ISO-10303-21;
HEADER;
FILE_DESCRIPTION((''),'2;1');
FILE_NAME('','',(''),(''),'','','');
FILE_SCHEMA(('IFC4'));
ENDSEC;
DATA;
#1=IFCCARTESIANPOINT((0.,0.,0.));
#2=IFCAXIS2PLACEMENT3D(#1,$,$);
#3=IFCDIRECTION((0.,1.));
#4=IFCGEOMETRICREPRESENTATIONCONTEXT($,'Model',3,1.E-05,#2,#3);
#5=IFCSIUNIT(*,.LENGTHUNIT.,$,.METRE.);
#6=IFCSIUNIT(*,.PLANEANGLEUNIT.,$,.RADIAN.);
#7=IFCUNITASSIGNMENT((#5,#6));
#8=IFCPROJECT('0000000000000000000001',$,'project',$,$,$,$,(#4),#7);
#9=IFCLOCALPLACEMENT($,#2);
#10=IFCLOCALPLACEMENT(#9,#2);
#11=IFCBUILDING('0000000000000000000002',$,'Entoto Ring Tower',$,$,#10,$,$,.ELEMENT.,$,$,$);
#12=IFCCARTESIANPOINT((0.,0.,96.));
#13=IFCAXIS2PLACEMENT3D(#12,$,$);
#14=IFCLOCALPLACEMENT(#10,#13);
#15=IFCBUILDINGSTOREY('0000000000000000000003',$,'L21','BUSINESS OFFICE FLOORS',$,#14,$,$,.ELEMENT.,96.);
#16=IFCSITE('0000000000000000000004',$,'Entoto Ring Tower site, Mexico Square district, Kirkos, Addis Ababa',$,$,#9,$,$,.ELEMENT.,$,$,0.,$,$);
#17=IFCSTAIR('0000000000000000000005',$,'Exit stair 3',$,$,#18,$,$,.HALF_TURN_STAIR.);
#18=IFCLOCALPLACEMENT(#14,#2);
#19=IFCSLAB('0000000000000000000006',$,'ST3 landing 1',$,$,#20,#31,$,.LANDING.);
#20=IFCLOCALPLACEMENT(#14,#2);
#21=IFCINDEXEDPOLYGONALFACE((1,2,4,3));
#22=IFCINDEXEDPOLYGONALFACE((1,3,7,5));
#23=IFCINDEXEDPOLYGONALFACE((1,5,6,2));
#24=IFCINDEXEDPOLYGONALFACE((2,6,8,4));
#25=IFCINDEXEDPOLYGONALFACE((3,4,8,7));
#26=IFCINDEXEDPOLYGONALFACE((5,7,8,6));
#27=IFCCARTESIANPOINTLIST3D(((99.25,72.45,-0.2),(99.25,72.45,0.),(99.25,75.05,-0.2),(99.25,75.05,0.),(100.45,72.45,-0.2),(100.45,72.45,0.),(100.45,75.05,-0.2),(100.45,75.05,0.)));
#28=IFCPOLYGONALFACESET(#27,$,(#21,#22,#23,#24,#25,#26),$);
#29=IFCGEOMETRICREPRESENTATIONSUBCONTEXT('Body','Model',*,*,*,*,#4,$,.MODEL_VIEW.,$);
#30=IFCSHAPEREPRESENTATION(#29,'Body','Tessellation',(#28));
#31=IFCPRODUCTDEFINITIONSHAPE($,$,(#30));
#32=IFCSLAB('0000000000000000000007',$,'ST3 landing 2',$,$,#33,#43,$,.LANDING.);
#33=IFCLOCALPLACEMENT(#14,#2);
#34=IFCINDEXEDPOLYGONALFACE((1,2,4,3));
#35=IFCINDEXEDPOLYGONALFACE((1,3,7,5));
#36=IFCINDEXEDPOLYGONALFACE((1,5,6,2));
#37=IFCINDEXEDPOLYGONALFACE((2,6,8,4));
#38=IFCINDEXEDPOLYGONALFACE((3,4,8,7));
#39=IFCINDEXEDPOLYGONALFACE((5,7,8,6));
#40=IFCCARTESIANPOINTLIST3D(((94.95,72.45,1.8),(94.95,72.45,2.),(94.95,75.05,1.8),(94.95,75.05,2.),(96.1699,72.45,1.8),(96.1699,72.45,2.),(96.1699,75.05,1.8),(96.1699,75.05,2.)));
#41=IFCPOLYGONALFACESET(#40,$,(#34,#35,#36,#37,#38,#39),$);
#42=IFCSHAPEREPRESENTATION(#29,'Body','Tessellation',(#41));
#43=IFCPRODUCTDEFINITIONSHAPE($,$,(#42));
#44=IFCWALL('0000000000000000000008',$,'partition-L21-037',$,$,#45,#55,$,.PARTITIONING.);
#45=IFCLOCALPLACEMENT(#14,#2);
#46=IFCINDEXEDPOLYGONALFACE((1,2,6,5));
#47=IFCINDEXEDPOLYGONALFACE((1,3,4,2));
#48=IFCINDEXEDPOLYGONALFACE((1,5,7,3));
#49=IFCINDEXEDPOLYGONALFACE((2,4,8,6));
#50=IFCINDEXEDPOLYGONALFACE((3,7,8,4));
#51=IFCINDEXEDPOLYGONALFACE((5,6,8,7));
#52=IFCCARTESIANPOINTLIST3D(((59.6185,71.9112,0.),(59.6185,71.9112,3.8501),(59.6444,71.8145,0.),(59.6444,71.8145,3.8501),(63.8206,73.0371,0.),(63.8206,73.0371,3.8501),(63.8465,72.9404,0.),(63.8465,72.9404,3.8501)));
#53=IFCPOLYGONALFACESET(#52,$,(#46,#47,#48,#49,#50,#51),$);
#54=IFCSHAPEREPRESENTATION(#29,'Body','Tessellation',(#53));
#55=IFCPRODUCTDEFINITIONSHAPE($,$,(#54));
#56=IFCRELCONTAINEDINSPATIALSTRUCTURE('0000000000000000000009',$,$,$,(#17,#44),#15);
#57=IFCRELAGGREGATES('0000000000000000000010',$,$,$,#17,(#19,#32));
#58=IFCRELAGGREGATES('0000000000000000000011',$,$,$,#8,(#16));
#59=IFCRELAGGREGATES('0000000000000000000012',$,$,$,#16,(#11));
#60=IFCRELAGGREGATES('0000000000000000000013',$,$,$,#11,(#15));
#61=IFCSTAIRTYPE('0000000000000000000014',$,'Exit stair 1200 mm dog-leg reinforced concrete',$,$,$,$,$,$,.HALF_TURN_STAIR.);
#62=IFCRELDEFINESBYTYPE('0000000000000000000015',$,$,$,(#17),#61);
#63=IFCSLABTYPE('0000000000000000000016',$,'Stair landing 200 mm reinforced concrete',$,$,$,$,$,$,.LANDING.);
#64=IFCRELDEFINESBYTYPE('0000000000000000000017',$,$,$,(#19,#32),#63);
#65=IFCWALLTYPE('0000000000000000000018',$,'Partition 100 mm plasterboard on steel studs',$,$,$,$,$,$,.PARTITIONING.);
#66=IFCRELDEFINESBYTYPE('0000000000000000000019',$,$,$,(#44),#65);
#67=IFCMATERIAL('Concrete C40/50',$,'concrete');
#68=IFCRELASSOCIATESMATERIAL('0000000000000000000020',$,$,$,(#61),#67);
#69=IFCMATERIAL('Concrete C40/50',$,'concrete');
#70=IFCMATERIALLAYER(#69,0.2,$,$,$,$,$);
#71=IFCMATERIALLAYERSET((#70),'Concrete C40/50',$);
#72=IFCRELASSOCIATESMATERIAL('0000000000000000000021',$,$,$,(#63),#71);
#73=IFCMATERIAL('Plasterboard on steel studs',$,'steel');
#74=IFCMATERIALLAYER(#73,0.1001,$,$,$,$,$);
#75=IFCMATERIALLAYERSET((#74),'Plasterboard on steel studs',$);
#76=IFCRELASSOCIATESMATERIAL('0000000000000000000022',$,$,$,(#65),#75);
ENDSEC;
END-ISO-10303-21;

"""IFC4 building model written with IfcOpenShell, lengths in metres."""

from ifc_helpers import new_model, si_unit, direction, frame, frame_2d, origin, place, context, subcontext, project, spatial, polyline, rectangle, outline, extrude, material, layer, layer_set, type_object, element, aggregate, save


model = new_model("IFC4")

# Units and contexts
model_context = context("Model", 3, precision=1e-05, world=origin(), true_north=direction((0.0, 1.0)))
body_context = subcontext(model_context, "Body", "Model", "MODEL_VIEW")
ifc_project = project(units=[si_unit("LENGTHUNIT", "METRE"), si_unit("PLANEANGLEUNIT", "RADIAN")], contexts=[model_context])

# Site, building, storey
site_placement = place(None, origin())
site = spatial("IfcSite", under=ifc_project, at=site_placement, Name="Entoto Ring Tower site, Mexico Square district, Kirkos, Addis Ababa", CompositionType="ELEMENT", RefElevation=0.0)
building_placement = place(site_placement, origin())
building = spatial("IfcBuilding", under=site, at=building_placement, Name="Entoto Ring Tower", CompositionType="ELEMENT")
storey_placement = place(building_placement, frame((0.0, 0.0, 96.0)))
storey = spatial("IfcBuildingStorey", under=building, at=storey_placement, Name="L21", Description="BUSINESS OFFICE FLOORS", CompositionType="ELEMENT", Elevation=96.0)

# Stair, slabs
ifc_material_1 = material(Name="Concrete C40/50", Category="concrete")
stair_type = type_object("IfcStairType", Name="Exit stair 1200 mm dog-leg reinforced concrete", PredefinedType="HALF_TURN_STAIR", material=ifc_material_1)
ifc_material_2 = material(Name="Concrete C40/50", Category="concrete")
ifc_layer_1 = layer(ifc_material_2, 0.2)
ifc_layer_set_1 = layer_set([ifc_layer_1], Name="Concrete C40/50")
slab_type_1 = type_object("IfcSlabType", Name="Stair landing 200 mm reinforced concrete", PredefinedType="LANDING", material=ifc_layer_set_1)
stair_1_placement = place(storey_placement, origin())
stair_1 = element("IfcStair", 1, at=stair_1_placement, inside=storey, type_object=stair_type, Name="Exit stair 3", PredefinedType="HALF_TURN_STAIR")
slab_1_placement = place(storey_placement, frame((0.0, 0.0, -0.2)))
slab_1 = element("IfcSlab", 2, at=slab_1_placement, type_object=slab_type_1, Name="ST3 landing 1", PredefinedType="LANDING", context=body_context, shape_type="SweptSolid", body=[
    extrude(outline(polyline([(100.45, 72.45), (100.45, 75.05), (99.25, 75.05), (99.25, 72.45), (100.45, 72.45)])), origin(), (0.0, 0.0, 1.0), 0.2),
])
slab_2_placement = place(storey_placement, frame((0.0, 0.0, 1.8)))
slab_2 = element("IfcSlab", 3, at=slab_2_placement, type_object=slab_type_1, Name="ST3 landing 2", PredefinedType="LANDING", context=body_context, shape_type="SweptSolid", body=[
    extrude(outline(polyline([(94.95, 72.45), (96.1699, 72.45), (96.1699, 75.05), (94.95, 75.05), (94.95, 72.45)])), origin(), (0.0, 0.0, 1.0), 0.2),
])
aggregate(stair_1, [slab_1, slab_2])

# Wall
ifc_material_3 = material(Name="Plasterboard on steel studs", Category="steel")
ifc_layer_2 = layer(ifc_material_3, 0.1001)
ifc_layer_set_2 = layer_set([ifc_layer_2], Name="Plasterboard on steel studs")
wall_type = type_object("IfcWallType", Name="Partition 100 mm plasterboard on steel studs", PredefinedType="PARTITIONING", material=ifc_layer_set_2)
wall_placement = place(storey_placement, frame((59.6313, 71.8628, 0.0), z_axis=(0.0, 0.0, 1.0), x_axis=(0.965925, 0.258822, 0.0)))
element("IfcWall", 4, at=wall_placement, inside=storey, type_object=wall_type, Name="partition-L21-037", PredefinedType="PARTITIONING", context=body_context, shape_type="SweptSolid", body=[
    extrude(rectangle(XDim=4.3503, YDim=0.1001, at=frame_2d((2.1753, 0.0))), origin(), (0.0, 0.0, 1.0), 3.8501),
])

save(model, "model.ifc")
